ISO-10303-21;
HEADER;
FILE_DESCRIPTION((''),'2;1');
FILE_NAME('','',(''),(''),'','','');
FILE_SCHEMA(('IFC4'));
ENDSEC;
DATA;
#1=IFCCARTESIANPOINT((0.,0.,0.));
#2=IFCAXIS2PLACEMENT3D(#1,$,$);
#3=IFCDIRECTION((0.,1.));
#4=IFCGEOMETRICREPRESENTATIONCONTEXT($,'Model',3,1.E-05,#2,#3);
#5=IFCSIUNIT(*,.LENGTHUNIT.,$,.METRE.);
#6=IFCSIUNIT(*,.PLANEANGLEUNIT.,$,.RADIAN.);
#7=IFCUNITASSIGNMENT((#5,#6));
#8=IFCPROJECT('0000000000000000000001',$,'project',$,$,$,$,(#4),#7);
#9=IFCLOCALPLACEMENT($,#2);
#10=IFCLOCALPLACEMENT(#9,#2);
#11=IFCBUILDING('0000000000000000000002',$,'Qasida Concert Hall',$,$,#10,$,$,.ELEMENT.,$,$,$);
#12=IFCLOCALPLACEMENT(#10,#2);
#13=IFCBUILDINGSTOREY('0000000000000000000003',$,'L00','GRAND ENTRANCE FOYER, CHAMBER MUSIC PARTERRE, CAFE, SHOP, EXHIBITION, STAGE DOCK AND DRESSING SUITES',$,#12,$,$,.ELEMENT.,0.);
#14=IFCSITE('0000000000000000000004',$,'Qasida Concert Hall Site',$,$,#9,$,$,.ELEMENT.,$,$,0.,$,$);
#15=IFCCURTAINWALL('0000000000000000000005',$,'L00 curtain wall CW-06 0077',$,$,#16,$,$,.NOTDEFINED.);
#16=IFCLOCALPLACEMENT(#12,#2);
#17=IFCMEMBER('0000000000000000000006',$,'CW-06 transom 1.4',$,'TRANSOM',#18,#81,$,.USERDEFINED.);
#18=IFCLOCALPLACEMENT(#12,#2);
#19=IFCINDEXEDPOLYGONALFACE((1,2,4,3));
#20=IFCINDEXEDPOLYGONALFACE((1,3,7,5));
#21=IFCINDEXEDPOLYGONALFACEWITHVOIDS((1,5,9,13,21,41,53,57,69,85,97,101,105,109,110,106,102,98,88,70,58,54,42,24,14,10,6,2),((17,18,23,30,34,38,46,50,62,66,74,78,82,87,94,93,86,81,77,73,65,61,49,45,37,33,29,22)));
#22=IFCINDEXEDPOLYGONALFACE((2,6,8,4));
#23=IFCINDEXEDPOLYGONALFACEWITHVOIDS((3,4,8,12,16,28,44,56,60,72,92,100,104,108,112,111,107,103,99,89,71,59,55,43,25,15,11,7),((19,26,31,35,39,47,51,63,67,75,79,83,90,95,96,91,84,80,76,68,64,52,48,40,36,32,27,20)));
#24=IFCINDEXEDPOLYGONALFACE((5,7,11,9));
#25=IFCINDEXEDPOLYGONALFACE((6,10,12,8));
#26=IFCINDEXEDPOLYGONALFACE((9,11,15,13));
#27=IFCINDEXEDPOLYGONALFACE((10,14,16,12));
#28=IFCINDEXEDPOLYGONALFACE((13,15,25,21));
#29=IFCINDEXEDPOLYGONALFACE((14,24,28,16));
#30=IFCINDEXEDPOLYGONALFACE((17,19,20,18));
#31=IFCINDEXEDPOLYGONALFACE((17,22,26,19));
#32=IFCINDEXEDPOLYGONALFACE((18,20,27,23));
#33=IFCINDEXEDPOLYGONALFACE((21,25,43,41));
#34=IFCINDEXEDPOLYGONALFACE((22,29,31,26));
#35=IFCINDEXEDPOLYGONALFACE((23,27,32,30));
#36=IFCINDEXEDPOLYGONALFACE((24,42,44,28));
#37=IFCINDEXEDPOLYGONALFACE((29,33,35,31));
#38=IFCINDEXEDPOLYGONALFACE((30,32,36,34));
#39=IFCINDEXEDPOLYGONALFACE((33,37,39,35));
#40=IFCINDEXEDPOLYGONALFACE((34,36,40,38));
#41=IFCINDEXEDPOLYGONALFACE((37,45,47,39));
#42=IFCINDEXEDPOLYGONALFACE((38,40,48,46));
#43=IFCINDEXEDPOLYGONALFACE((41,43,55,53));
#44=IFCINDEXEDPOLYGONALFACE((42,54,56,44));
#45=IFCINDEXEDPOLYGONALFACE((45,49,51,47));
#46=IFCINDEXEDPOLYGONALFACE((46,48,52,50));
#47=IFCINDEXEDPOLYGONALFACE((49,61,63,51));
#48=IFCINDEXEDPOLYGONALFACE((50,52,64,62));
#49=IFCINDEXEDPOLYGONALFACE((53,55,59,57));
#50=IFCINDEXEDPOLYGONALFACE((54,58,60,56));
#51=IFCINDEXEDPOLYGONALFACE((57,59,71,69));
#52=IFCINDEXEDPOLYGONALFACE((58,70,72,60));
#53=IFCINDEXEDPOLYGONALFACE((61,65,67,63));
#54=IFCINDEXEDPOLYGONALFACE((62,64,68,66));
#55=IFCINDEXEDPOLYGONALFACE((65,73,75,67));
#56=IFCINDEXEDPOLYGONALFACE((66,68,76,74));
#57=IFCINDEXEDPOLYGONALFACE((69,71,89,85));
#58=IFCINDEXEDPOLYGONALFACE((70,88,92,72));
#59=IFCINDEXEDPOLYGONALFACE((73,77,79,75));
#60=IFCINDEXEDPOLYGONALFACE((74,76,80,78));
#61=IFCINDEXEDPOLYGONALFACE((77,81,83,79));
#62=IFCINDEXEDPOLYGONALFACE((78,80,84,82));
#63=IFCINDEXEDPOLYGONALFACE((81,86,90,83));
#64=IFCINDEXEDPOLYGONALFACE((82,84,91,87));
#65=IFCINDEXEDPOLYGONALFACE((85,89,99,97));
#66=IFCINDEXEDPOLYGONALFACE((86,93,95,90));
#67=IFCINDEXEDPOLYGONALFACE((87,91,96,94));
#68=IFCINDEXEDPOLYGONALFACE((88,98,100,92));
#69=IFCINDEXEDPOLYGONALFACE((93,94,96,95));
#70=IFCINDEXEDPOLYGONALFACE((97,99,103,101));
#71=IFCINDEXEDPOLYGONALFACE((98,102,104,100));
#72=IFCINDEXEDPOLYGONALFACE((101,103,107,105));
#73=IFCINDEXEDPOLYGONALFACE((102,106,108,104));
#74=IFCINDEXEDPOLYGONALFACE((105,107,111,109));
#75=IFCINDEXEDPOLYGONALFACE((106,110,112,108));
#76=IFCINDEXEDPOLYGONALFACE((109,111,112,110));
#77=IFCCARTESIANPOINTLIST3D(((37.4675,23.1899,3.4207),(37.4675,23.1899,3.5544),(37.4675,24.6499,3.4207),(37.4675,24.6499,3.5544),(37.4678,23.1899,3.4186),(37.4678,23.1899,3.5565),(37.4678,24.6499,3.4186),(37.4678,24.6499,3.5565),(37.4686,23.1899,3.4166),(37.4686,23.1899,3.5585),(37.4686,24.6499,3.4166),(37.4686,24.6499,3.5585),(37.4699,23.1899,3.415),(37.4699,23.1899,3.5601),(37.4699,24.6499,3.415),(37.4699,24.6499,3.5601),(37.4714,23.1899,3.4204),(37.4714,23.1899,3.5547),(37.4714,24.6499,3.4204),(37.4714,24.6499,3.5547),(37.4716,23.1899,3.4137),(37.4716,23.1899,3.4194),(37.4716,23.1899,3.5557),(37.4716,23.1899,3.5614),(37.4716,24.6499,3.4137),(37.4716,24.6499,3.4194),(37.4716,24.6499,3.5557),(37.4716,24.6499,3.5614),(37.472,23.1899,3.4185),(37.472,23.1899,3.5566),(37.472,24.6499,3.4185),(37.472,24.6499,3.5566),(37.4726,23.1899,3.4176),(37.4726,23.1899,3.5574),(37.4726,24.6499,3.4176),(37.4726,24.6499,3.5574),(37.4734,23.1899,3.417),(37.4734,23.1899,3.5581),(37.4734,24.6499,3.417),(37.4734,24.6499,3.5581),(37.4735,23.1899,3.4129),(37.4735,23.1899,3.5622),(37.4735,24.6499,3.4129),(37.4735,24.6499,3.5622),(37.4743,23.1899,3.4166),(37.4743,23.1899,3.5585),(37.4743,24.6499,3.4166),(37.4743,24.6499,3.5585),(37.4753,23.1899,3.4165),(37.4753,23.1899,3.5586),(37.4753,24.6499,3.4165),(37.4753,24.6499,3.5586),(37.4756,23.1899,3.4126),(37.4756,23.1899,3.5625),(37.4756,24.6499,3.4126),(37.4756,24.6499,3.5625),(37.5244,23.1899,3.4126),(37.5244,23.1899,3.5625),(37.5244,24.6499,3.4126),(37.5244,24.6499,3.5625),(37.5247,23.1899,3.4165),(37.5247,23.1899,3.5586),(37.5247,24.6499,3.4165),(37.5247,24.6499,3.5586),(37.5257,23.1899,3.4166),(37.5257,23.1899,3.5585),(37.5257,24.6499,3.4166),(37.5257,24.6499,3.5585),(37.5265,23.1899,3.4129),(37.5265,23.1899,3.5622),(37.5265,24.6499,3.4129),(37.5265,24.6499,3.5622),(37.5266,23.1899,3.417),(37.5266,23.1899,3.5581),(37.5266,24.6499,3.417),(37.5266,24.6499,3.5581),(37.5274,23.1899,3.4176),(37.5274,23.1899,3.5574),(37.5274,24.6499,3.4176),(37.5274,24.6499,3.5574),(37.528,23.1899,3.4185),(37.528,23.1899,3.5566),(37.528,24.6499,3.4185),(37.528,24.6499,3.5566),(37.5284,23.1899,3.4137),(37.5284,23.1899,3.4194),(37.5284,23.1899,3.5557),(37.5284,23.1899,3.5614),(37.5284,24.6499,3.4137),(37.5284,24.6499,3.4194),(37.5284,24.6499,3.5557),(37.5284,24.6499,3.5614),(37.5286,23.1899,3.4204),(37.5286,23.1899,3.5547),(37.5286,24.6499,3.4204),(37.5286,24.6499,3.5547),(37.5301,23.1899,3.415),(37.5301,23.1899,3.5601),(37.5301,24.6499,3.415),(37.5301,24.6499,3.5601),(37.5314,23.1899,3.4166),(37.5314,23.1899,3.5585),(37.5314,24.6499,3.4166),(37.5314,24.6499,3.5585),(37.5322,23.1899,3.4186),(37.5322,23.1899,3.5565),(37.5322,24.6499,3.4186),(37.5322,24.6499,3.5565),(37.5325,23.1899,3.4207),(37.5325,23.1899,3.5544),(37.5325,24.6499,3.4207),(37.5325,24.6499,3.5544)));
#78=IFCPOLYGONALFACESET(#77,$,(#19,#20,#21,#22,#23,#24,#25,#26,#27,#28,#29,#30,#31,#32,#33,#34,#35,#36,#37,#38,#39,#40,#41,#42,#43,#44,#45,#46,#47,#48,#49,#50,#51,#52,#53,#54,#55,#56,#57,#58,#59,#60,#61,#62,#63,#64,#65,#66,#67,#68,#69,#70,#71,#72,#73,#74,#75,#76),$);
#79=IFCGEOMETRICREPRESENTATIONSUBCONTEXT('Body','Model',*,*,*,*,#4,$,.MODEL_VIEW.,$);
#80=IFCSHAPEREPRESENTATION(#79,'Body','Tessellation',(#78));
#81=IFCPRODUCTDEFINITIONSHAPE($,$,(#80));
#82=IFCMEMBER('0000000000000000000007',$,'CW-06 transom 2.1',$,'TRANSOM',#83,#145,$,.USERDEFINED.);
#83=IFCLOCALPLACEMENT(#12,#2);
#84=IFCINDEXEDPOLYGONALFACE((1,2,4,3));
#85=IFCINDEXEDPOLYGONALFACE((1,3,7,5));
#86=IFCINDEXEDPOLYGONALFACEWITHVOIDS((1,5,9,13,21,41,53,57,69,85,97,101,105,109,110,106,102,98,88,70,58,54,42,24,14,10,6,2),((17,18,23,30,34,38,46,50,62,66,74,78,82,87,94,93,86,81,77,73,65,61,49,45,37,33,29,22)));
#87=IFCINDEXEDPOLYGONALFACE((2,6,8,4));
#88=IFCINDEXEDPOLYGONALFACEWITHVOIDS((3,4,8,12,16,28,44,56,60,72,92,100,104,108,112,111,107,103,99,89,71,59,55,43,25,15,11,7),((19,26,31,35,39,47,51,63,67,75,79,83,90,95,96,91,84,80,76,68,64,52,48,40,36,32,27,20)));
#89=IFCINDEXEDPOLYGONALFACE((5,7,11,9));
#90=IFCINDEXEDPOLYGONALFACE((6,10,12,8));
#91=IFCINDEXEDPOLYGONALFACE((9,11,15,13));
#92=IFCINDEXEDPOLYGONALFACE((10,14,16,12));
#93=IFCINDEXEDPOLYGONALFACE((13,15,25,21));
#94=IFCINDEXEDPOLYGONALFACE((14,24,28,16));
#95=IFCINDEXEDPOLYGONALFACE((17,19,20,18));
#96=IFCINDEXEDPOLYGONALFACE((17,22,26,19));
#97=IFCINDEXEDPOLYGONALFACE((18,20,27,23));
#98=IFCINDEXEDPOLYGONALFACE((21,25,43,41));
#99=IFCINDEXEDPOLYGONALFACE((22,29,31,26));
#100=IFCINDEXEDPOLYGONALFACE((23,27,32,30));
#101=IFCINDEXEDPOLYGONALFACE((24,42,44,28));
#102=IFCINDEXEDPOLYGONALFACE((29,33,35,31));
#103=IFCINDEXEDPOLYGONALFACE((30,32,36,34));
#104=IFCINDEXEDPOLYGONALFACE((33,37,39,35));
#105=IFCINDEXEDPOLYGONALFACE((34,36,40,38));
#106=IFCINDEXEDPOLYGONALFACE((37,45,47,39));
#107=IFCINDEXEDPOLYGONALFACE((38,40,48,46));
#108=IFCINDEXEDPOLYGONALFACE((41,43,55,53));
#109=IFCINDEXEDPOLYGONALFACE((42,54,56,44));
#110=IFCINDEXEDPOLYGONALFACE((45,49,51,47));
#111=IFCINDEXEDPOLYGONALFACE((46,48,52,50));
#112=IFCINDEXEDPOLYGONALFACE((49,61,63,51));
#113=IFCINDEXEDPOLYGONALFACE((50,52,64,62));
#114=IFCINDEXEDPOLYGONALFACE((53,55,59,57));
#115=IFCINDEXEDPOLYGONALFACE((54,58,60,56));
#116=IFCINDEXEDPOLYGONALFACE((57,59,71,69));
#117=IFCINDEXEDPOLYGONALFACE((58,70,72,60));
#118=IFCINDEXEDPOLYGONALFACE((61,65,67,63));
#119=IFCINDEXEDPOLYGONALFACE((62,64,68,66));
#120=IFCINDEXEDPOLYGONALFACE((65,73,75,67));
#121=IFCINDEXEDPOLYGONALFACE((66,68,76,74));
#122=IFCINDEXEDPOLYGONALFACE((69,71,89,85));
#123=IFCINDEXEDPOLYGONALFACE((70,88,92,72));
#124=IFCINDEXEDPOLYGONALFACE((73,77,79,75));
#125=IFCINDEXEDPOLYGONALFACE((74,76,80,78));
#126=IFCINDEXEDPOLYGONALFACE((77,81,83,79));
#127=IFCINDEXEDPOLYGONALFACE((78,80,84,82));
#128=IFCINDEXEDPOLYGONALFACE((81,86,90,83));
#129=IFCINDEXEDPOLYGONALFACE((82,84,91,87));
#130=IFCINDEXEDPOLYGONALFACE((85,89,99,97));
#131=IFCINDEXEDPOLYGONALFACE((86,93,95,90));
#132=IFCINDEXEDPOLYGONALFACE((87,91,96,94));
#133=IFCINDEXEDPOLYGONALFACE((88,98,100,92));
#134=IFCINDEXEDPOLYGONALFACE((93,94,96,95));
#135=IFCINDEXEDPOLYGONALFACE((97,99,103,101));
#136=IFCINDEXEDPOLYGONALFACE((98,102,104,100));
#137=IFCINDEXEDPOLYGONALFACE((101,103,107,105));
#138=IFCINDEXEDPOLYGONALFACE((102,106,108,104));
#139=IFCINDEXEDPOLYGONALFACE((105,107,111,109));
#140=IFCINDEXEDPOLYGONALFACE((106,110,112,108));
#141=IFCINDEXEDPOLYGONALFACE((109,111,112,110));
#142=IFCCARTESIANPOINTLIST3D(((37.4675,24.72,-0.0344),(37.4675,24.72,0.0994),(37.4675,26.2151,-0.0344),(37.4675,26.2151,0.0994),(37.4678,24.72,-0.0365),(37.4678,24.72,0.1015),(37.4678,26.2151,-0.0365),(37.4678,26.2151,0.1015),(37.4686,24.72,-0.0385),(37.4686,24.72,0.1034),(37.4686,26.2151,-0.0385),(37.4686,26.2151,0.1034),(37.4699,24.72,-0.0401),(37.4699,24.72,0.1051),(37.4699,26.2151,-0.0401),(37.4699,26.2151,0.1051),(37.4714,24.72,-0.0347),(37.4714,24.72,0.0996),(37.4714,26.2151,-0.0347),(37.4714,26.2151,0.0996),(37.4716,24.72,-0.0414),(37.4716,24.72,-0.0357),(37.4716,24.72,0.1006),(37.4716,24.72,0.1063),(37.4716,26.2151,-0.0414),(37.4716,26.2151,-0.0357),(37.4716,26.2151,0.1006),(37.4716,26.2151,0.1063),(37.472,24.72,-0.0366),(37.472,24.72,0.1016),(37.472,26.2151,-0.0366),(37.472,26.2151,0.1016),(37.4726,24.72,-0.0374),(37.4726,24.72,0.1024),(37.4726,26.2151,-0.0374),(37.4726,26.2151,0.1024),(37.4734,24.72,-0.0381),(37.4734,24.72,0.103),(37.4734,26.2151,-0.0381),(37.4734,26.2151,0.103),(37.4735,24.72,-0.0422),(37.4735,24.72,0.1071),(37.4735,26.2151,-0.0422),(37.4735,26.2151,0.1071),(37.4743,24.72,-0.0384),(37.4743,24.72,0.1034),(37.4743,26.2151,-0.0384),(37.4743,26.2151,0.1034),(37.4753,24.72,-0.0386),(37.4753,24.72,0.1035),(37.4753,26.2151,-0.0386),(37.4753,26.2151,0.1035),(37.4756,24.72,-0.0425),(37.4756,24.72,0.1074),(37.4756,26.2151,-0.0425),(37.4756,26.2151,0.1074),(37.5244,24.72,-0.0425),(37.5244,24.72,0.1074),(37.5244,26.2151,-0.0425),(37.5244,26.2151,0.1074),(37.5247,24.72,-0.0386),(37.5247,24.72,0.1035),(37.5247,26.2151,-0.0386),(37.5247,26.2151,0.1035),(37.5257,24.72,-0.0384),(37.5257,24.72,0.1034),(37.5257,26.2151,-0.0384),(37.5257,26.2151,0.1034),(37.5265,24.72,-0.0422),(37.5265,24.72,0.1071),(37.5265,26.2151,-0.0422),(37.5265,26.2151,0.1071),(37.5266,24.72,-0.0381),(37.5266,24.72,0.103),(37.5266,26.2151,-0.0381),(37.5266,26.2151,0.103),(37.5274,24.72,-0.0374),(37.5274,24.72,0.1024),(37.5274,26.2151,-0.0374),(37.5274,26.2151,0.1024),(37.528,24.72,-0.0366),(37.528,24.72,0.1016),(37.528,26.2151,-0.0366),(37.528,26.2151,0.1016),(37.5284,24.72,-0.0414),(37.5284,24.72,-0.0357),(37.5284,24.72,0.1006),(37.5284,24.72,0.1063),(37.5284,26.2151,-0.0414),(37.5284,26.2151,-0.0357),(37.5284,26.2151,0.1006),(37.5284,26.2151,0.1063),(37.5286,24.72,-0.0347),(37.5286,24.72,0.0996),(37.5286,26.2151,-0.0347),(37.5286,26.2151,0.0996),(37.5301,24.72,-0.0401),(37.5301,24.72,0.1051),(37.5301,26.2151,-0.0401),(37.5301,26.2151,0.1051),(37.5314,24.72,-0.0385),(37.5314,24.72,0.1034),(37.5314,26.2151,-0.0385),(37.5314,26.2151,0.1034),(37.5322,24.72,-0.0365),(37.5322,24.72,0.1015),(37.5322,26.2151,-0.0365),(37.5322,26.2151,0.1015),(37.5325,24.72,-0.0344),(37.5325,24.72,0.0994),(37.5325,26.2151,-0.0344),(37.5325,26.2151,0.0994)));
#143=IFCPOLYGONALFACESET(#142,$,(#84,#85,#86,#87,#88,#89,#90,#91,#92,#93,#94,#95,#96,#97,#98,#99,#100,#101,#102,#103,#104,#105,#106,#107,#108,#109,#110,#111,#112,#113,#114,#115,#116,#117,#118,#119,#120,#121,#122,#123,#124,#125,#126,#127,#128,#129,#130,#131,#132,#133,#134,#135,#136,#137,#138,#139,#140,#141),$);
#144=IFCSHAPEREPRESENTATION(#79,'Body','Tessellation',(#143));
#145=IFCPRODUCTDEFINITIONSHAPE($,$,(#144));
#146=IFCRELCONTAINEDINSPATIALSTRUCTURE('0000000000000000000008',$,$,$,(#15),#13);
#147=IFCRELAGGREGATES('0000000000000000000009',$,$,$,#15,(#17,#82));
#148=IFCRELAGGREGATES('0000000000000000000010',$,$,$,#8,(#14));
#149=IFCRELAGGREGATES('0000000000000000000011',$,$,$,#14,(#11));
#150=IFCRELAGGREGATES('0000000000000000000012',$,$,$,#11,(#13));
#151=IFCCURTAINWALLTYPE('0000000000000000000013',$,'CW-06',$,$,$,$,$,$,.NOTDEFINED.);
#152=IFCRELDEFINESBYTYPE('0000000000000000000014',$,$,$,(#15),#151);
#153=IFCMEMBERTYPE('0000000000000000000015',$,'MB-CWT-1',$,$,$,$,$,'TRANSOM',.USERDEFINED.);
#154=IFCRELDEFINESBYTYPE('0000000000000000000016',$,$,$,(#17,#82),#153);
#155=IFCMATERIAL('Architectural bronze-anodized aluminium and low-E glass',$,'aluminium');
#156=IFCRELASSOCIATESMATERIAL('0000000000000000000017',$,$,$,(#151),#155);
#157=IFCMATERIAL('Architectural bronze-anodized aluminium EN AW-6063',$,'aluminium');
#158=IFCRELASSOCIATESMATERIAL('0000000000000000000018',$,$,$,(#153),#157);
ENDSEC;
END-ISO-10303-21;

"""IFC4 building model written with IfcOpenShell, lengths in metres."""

from ifc_helpers import new_model, si_unit, direction, frame, origin, origin_2d, place, context, subcontext, project, spatial, hollow_rectangle, extrude, material, material_profile, profile_set, type_object, element, aggregate, save


model = new_model("IFC4")

# Units and contexts
model_context = context("Model", 3, precision=1e-05, world=origin(), true_north=direction((0.0, 1.0)))
body_context = subcontext(model_context, "Body", "Model", "MODEL_VIEW")
ifc_project = project(units=[si_unit("LENGTHUNIT", "METRE"), si_unit("PLANEANGLEUNIT", "RADIAN")], contexts=[model_context])

# Site, building, storey
site_placement = place(None, origin())
site = spatial("IfcSite", under=ifc_project, at=site_placement, Name="Qasida Concert Hall Site", CompositionType="ELEMENT", RefElevation=0.0)
building_placement = place(site_placement, origin())
building = spatial("IfcBuilding", under=site, at=building_placement, Name="Qasida Concert Hall", CompositionType="ELEMENT")
storey_placement = place(building_placement, origin())
storey = spatial("IfcBuildingStorey", under=building, at=storey_placement, Name="L00", Description="GRAND ENTRANCE FOYER, CHAMBER MUSIC PARTERRE, CAFE, SHOP, EXHIBITION, STAGE DOCK AND DRESSING SUITES", CompositionType="ELEMENT", Elevation=0.0)

# Curtain wall, members
ifc_material_1 = material(Name="Architectural bronze-anodized aluminium and low-E glass", Category="aluminium")
curtain_wall_type = type_object("IfcCurtainWallType", Name="CW-06", PredefinedType="NOTDEFINED", material=ifc_material_1)
curtain_wall_placement = place(storey_placement, origin())
curtain_wall = element("IfcCurtainWall", 1, at=curtain_wall_placement, inside=storey, type_object=curtain_wall_type, Name="L00 curtain wall CW-06 0077", PredefinedType="NOTDEFINED")
ifc_material_2 = material(Name="Architectural bronze-anodized aluminium EN AW-6063", Category="aluminium")
ifc_material_profile_1 = material_profile(ifc_material_2, hollow_rectangle(XDim=0.0649, YDim=0.1499, WallThickness=0.0039, InnerFilletRadius=0.0039, OuterFilletRadius=0.0081, at=origin_2d()), Name="CWT 150x65x4")
ifc_profile_set_1 = profile_set([ifc_material_profile_1], Name="Architectural bronze-anodized aluminium EN AW-6063")
member_type_1 = type_object("IfcMemberType", Name="MB-CWT-1", ElementType="TRANSOM", PredefinedType="USERDEFINED", material=ifc_profile_set_1)
member_1_placement = place(storey_placement, frame((37.5, 23.1899, 3.4875), z_axis=(0.0, 1.0, 0.0), x_axis=(-1.0, 0.0, 0.0)))
member_1 = element("IfcMember", 2, at=member_1_placement, type_object=member_type_1, Name="CW-06 transom 1.4", ObjectType="TRANSOM", PredefinedType="USERDEFINED", context=body_context, shape_type="SweptSolid", body=[
    extrude(hollow_rectangle(XDim=0.0649, YDim=0.1499, WallThickness=0.0039, InnerFilletRadius=0.0039, OuterFilletRadius=0.0081, at=origin_2d()), origin(), (0.0, 0.0, 1.0), 1.46),
])
member_2_placement = place(storey_placement, frame((37.5, 24.72, 0.0325), z_axis=(0.0, 1.0, 0.0), x_axis=(-1.0, 0.0, 0.0)))
member_2 = element("IfcMember", 3, at=member_2_placement, type_object=member_type_1, Name="CW-06 transom 2.1", ObjectType="TRANSOM", PredefinedType="USERDEFINED", context=body_context, shape_type="SweptSolid", body=[
    extrude(hollow_rectangle(XDim=0.0649, YDim=0.1499, WallThickness=0.0039, InnerFilletRadius=0.0039, OuterFilletRadius=0.0081, at=origin_2d()), origin(), (0.0, 0.0, 1.0), 1.4951),
])
aggregate(curtain_wall, [member_1, member_2])

save(model, "model.ifc")
